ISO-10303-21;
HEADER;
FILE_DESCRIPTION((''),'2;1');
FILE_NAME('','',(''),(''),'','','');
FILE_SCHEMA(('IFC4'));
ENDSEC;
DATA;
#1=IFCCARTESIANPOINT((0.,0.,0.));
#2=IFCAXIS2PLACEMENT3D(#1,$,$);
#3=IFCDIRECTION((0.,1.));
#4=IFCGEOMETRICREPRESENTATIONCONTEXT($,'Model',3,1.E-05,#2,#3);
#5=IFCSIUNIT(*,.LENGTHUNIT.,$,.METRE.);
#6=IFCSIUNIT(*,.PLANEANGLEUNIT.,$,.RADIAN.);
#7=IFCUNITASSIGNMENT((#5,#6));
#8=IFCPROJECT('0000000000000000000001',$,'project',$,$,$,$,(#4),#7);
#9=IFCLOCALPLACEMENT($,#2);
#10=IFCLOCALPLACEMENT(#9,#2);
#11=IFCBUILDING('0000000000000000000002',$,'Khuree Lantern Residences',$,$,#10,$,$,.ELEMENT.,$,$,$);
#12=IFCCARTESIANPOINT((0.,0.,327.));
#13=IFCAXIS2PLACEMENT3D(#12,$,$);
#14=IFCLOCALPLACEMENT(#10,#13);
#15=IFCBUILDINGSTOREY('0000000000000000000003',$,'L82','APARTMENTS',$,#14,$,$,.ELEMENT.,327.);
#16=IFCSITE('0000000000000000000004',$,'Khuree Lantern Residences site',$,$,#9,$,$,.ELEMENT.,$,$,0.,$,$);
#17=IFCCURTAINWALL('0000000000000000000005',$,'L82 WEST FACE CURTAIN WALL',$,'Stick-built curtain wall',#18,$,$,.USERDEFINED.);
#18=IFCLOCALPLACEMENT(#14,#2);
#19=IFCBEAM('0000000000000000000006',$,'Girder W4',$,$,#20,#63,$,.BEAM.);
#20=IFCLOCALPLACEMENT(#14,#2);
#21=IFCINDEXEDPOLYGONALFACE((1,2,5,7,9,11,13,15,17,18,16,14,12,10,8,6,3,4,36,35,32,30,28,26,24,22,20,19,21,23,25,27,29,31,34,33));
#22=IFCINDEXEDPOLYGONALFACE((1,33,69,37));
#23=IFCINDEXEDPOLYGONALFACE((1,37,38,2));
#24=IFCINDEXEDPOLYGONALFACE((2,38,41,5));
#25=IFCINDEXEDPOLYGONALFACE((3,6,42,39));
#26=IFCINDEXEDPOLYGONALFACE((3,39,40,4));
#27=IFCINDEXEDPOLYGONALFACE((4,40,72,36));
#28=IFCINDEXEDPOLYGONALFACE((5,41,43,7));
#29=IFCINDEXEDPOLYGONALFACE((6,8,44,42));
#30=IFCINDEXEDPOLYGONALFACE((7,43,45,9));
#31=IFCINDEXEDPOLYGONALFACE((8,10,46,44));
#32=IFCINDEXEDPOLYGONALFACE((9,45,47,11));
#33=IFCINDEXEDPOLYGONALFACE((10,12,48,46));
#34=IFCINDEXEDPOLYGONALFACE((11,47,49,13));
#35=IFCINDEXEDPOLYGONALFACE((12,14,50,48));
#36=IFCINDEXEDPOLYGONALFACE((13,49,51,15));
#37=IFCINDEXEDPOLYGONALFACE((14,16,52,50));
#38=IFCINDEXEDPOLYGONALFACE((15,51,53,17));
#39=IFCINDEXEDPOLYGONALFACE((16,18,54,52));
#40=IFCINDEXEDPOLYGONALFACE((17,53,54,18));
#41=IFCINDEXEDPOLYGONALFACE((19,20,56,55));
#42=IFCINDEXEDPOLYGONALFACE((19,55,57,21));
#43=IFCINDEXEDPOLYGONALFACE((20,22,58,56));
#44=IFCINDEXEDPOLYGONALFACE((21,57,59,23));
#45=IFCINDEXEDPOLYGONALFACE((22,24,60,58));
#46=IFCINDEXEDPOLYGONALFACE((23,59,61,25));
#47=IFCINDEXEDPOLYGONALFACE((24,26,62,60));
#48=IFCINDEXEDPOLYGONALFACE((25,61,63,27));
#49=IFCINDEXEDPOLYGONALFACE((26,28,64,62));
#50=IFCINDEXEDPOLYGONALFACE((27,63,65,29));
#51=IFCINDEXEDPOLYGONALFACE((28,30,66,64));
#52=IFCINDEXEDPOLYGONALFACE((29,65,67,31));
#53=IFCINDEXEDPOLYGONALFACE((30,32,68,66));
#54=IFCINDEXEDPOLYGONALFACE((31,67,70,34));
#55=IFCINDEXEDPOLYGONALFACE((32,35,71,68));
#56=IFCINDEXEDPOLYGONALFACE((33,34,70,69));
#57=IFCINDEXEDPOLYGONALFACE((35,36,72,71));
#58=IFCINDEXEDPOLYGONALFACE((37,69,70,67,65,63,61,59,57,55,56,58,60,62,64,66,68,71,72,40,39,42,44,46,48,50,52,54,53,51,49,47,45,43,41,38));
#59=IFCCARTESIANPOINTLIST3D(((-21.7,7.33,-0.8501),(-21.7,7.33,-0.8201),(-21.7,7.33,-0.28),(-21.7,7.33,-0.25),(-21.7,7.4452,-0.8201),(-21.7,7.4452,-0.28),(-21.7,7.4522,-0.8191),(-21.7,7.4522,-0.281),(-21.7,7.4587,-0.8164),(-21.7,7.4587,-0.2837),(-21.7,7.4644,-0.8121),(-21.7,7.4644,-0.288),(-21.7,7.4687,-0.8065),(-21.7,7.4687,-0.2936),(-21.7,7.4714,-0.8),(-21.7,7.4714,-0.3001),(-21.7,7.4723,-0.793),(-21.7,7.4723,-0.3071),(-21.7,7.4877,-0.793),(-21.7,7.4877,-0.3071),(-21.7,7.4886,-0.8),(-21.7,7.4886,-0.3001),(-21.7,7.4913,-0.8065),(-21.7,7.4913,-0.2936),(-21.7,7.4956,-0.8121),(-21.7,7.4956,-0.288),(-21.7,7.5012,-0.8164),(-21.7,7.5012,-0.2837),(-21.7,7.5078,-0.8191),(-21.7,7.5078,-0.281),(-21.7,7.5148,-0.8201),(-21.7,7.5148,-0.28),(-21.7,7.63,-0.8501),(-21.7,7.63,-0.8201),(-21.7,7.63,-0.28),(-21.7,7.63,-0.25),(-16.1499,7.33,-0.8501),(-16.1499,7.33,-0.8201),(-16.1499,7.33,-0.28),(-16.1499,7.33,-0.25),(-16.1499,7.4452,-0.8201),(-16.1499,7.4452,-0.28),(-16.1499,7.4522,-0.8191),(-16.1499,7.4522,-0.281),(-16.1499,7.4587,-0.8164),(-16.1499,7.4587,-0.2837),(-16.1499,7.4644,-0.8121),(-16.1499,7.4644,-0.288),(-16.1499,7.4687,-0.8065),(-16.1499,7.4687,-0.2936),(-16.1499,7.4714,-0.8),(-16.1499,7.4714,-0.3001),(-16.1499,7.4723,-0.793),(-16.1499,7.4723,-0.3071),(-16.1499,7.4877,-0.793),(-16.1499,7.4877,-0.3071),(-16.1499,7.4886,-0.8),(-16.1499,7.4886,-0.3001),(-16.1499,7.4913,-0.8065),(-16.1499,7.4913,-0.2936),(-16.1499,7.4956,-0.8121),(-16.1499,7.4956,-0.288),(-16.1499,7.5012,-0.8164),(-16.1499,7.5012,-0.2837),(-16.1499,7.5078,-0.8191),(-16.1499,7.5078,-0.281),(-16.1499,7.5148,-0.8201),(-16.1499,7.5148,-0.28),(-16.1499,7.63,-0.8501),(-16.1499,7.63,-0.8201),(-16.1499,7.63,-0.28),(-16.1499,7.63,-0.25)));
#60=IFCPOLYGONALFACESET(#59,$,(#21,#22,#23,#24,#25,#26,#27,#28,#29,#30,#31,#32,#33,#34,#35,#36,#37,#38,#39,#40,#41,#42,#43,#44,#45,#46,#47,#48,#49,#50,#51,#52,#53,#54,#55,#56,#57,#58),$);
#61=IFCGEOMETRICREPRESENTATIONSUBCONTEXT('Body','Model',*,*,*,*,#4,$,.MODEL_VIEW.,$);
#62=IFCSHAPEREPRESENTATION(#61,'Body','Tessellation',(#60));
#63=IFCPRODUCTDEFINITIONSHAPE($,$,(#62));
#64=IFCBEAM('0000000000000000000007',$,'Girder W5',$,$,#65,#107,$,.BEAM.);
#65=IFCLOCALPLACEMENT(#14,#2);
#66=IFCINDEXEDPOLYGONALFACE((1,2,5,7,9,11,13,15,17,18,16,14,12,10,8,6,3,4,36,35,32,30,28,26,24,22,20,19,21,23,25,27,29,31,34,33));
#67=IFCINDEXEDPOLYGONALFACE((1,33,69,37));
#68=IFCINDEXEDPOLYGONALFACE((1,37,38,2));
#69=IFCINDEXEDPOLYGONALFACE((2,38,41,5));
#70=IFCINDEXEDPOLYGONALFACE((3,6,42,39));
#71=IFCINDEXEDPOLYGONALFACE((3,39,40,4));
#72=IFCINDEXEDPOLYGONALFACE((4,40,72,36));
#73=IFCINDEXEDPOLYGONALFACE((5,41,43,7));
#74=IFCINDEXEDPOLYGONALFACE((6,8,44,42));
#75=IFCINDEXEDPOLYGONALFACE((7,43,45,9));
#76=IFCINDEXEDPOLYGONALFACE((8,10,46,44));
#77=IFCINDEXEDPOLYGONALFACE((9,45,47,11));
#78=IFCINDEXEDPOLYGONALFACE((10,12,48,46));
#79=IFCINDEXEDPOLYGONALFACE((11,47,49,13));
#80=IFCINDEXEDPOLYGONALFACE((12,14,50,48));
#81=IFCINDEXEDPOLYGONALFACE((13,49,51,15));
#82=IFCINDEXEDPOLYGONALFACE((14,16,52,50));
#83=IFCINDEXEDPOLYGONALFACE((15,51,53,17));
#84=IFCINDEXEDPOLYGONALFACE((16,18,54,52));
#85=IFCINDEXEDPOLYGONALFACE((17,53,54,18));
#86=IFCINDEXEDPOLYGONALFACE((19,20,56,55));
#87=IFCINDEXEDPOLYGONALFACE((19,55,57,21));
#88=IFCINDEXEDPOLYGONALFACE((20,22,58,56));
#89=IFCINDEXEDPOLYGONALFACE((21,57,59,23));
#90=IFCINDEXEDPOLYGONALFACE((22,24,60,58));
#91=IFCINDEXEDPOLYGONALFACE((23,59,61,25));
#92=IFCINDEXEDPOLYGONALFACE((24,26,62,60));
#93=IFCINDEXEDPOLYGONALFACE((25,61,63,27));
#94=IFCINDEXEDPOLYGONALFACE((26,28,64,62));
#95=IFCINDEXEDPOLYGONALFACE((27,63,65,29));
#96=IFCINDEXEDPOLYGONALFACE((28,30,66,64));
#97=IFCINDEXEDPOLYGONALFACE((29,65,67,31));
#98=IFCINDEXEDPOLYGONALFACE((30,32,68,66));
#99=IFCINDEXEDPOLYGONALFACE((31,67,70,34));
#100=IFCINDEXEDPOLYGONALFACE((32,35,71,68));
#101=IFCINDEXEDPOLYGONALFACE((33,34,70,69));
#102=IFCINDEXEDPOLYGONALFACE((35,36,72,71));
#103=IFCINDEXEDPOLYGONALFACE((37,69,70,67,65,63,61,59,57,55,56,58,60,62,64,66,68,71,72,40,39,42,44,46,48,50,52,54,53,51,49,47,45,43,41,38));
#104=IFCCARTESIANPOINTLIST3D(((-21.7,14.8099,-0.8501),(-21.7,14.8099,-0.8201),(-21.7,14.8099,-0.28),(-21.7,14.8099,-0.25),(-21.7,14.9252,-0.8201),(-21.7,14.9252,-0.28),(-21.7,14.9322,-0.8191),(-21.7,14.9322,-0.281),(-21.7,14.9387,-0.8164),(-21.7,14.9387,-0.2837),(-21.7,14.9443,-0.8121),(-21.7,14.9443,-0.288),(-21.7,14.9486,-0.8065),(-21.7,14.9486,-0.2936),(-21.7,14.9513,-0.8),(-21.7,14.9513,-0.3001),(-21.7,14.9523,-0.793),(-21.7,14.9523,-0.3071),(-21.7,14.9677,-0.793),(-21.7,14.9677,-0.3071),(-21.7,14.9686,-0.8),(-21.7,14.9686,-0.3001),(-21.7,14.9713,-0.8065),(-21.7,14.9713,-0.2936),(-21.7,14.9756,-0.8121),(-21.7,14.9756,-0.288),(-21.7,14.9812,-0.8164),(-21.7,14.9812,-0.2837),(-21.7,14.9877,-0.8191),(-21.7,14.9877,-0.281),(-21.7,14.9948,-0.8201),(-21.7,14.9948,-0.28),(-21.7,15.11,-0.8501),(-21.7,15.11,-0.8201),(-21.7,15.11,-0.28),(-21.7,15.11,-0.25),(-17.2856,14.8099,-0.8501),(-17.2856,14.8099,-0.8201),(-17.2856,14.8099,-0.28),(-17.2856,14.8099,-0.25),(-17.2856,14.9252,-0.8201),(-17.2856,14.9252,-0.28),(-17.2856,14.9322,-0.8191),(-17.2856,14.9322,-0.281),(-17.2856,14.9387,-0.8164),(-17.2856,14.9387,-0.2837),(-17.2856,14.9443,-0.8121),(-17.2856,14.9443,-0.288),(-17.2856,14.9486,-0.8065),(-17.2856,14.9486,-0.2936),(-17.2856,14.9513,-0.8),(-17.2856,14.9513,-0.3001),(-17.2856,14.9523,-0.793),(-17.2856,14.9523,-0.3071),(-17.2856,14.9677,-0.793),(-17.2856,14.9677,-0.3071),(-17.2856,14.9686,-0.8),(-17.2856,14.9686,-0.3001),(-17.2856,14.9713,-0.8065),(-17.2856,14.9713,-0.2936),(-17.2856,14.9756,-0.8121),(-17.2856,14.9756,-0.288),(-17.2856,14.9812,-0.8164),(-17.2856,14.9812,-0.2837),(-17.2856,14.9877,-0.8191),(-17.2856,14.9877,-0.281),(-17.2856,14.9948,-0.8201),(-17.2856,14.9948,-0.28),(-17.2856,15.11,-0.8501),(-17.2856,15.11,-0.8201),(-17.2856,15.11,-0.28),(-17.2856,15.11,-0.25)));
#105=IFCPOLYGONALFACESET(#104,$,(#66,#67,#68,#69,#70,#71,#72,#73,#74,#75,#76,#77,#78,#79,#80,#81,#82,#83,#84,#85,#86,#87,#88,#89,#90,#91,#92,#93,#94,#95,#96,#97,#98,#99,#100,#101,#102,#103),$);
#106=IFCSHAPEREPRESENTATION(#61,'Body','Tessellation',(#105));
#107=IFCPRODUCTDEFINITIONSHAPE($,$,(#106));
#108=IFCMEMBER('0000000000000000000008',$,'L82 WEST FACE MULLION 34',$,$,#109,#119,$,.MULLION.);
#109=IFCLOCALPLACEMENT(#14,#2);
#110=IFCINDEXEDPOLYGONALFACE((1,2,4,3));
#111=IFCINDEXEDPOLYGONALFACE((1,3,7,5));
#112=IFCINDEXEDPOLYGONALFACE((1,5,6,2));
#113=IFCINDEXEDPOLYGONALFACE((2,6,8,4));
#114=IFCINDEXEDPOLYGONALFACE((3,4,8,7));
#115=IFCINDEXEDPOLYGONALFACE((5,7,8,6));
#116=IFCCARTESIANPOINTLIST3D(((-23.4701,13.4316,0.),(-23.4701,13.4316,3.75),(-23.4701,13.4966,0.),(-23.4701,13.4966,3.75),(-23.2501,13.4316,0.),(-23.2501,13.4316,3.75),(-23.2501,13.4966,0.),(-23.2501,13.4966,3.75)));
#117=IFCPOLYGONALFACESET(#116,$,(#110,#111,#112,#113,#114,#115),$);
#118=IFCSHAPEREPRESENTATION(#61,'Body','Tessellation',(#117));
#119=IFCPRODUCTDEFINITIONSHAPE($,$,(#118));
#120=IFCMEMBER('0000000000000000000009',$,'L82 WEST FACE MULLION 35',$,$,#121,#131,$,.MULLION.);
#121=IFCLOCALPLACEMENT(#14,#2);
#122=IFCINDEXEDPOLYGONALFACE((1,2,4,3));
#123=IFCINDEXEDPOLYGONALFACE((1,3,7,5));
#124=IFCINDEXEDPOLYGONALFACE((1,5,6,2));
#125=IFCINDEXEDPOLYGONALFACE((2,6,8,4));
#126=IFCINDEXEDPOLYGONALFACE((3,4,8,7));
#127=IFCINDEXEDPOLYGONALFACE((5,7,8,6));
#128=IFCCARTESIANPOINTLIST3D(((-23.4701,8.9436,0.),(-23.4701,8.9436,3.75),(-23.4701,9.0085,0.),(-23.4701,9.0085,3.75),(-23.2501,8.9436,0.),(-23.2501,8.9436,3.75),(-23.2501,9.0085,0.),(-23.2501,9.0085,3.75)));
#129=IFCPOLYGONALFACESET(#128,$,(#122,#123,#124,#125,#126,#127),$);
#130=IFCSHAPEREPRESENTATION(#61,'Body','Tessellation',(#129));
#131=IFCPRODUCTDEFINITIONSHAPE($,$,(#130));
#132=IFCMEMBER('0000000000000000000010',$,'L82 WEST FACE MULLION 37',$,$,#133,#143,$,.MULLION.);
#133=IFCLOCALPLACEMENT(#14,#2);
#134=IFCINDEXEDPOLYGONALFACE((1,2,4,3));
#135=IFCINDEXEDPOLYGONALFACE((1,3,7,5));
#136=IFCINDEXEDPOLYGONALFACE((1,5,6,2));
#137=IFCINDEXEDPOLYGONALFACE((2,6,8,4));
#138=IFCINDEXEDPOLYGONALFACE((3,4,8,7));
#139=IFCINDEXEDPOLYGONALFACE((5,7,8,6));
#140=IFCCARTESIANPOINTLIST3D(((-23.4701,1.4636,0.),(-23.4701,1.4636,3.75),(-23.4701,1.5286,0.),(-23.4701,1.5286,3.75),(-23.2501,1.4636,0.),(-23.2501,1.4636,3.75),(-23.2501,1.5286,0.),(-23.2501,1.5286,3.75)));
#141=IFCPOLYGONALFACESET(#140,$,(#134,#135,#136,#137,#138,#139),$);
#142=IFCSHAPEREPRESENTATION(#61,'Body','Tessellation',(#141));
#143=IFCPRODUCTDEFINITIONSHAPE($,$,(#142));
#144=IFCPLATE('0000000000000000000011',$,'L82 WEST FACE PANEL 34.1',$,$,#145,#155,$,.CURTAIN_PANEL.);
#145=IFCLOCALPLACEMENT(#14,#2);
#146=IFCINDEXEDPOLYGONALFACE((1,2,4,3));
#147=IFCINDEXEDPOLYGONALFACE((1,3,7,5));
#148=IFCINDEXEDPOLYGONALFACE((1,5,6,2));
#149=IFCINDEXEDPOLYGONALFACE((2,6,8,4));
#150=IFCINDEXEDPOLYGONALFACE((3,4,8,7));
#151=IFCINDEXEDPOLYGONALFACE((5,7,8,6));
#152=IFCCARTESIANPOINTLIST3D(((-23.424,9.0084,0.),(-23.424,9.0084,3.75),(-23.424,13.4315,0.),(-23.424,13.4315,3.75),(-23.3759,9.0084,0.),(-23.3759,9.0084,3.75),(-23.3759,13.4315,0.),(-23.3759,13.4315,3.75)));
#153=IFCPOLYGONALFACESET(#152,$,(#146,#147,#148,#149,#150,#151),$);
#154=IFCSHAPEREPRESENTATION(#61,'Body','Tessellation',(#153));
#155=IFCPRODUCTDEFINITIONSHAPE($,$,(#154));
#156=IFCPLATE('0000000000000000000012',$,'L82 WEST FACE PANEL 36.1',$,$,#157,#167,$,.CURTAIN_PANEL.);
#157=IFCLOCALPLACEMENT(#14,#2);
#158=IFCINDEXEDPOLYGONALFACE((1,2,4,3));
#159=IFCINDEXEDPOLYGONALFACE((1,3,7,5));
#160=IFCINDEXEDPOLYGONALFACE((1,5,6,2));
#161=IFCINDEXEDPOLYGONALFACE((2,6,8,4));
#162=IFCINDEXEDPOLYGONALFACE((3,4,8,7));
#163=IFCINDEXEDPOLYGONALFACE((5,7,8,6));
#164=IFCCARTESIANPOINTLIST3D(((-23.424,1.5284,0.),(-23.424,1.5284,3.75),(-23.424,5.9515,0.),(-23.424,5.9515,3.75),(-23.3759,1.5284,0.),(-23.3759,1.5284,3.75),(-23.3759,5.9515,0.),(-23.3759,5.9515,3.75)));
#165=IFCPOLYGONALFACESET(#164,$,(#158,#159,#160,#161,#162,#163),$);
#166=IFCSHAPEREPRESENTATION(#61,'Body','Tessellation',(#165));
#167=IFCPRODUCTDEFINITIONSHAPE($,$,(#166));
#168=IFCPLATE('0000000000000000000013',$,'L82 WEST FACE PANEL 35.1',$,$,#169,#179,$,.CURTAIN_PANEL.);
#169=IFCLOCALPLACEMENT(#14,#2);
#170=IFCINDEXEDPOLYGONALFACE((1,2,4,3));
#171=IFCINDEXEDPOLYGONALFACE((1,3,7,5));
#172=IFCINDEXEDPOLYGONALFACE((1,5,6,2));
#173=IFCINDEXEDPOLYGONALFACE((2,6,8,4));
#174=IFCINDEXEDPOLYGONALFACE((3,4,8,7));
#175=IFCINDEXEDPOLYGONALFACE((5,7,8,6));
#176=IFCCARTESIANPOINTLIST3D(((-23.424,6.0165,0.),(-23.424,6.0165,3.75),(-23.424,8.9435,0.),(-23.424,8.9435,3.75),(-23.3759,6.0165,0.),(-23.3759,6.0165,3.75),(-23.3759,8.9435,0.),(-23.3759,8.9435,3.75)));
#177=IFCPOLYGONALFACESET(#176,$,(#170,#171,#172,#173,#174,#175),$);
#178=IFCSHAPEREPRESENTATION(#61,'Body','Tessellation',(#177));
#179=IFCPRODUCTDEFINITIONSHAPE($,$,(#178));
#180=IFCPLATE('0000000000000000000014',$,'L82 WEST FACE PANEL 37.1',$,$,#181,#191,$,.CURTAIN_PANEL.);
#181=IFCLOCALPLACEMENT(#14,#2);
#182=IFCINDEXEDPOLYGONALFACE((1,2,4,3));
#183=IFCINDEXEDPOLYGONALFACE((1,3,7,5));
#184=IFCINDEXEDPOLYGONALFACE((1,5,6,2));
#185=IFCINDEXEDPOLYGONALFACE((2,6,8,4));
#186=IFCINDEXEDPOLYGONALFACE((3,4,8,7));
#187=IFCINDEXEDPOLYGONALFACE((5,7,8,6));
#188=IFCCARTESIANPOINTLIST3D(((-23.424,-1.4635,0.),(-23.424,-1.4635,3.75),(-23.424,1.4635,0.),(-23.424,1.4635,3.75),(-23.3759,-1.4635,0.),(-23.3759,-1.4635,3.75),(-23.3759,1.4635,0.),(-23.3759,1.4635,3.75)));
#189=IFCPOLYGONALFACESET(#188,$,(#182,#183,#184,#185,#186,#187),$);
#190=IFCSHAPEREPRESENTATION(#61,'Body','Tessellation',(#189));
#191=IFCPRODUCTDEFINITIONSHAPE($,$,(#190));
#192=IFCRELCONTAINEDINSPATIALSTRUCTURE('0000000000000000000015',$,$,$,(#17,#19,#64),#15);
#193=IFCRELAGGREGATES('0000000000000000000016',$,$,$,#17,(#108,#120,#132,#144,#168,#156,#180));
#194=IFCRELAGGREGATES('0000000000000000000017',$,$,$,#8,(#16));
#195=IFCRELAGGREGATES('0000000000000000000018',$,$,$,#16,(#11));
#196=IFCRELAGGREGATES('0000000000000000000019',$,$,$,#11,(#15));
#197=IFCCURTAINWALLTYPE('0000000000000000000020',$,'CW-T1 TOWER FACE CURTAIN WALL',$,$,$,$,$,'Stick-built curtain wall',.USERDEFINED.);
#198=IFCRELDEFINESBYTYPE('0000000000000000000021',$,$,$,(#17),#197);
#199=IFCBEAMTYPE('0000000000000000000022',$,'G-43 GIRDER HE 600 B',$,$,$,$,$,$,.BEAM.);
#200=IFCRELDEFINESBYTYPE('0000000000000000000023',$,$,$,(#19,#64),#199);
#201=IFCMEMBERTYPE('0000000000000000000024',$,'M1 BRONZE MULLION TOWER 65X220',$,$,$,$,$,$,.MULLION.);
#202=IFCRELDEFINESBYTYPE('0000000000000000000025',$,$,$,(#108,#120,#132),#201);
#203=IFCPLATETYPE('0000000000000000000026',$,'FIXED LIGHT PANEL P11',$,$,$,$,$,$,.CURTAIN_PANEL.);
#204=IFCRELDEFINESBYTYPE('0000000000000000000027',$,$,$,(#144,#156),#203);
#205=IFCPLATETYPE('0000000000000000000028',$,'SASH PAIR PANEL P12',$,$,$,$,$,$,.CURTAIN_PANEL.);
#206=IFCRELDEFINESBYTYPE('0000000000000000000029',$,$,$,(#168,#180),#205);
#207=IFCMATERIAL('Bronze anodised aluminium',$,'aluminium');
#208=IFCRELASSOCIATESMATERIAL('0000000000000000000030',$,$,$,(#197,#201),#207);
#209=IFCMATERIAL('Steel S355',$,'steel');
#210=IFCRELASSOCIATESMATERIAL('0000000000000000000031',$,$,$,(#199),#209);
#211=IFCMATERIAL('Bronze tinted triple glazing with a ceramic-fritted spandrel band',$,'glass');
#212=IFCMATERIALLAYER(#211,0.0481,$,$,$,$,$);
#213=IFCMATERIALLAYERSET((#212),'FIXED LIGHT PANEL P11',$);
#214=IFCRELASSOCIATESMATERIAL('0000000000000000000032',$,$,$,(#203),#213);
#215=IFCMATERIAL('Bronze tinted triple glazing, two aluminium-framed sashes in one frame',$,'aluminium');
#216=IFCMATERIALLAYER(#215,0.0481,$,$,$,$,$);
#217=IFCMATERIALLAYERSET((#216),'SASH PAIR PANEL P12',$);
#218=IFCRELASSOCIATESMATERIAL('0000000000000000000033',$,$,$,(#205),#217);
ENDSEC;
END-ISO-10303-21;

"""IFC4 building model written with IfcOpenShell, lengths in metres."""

from ifc_helpers import new_model, si_unit, direction, frame, origin, origin_2d, place, context, subcontext, project, spatial, rectangle, i_section, extrude, material, layer, layer_set, material_profile, profile_set, type_object, element, aggregate, save


model = new_model("IFC4")

# Units and contexts
model_context = context("Model", 3, precision=1e-05, world=origin(), true_north=direction((0.0, 1.0)))
body_context = subcontext(model_context, "Body", "Model", "MODEL_VIEW")
ifc_project = project(units=[si_unit("LENGTHUNIT", "METRE"), si_unit("PLANEANGLEUNIT", "RADIAN")], contexts=[model_context])

# Site, building, storey
site_placement = place(None, origin())
site = spatial("IfcSite", under=ifc_project, at=site_placement, Name="Khuree Lantern Residences site", CompositionType="ELEMENT", RefElevation=0.0)
building_placement = place(site_placement, origin())
building = spatial("IfcBuilding", under=site, at=building_placement, Name="Khuree Lantern Residences", CompositionType="ELEMENT")
storey_placement = place(building_placement, frame((0.0, 0.0, 327.0)))
storey = spatial("IfcBuildingStorey", under=building, at=storey_placement, Name="L82", Description="APARTMENTS", CompositionType="ELEMENT", Elevation=327.0)

# Shared definitions
ifc_material_1 = material(Name="Steel S355", Category="steel")

# Curtain wall
ifc_material_2 = material(Name="Bronze anodised aluminium", Category="aluminium")
curtain_wall_type = type_object("IfcCurtainWallType", Name="CW-T1 TOWER FACE CURTAIN WALL", ElementType="Stick-built curtain wall", PredefinedType="USERDEFINED", material=ifc_material_2)
curtain_wall_placement = place(storey_placement, origin())
curtain_wall = element("IfcCurtainWall", 1, at=curtain_wall_placement, inside=storey, type_object=curtain_wall_type, Name="L82 WEST FACE CURTAIN WALL", ObjectType="Stick-built curtain wall", PredefinedType="USERDEFINED")

# Beams
ifc_material_profile_1 = material_profile(ifc_material_1, i_section(OverallWidth=0.3, OverallDepth=0.6001, WebThickness=0.0154, FlangeThickness=0.03, FilletRadius=0.0271, at=origin_2d()), Name="HE 600 B")
ifc_profile_set_1 = profile_set([ifc_material_profile_1], Name="Steel S355")
beam_type_1 = type_object("IfcBeamType", Name="G-43 GIRDER HE 600 B", PredefinedType="BEAM", material=ifc_profile_set_1)
for number, where, z_axis, x_axis, name in (
    (2, (-21.7, 7.48, -0.55), (1.0, 0.0, 0.0), (0.0, 1.0, 0.0), "Girder W4"),
):
    element("IfcBeam", number, at=place(storey_placement, frame(where, z_axis=z_axis, x_axis=x_axis)), inside=storey, type_object=beam_type_1, Name=name, PredefinedType="BEAM", context=body_context, shape_type="SweptSolid", body=[
        extrude(i_section(OverallWidth=0.3, OverallDepth=0.6001, WebThickness=0.0154, FlangeThickness=0.03, FilletRadius=0.0271, at=origin_2d()), origin(), (0.0, 0.0, 1.0), 5.55),
    ])
beam_1_placement = place(storey_placement, frame((-21.7, 14.96, -0.55), z_axis=(1.0, 0.0, 0.0), x_axis=(0.0, 1.0, 0.0)))
element("IfcBeam", 3, at=beam_1_placement, inside=storey, type_object=beam_type_1, Name="Girder W5", PredefinedType="BEAM", context=body_context, shape_type="SweptSolid", body=[
    extrude(i_section(OverallWidth=0.3, OverallDepth=0.6001, WebThickness=0.0154, FlangeThickness=0.03, FilletRadius=0.0271, at=origin_2d()), origin(), (0.0, 0.0, 1.0), 4.4143),
])

# Members
ifc_material_profile_2 = material_profile(ifc_material_2, rectangle(XDim=0.0649, YDim=0.22, at=origin_2d()), Name="M1 65X220")
ifc_profile_set_2 = profile_set([ifc_material_profile_2], Name="Bronze anodised aluminium")
member_type_1 = type_object("IfcMemberType", Name="M1 BRONZE MULLION TOWER 65X220", PredefinedType="MULLION", material=ifc_profile_set_2)
member_1_placement = place(storey_placement, frame((-23.3601, 13.4641, 0.0), z_axis=(0.0, 0.0, 1.0), x_axis=(0.0, -1.0, 0.0)))
member_1 = element("IfcMember", 4, at=member_1_placement, type_object=member_type_1, Name="L82 WEST FACE MULLION 34", PredefinedType="MULLION", context=body_context, shape_type="SweptSolid", body=[
    extrude(rectangle(XDim=0.0649, YDim=0.22, at=origin_2d()), origin(), (0.0, 0.0, 1.0), 3.75),
])
member_2_placement = place(storey_placement, frame((-23.3601, 8.9761, 0.0), z_axis=(0.0, 0.0, 1.0), x_axis=(0.0, -1.0, 0.0)))
member_2 = element("IfcMember", 5, at=member_2_placement, type_object=member_type_1, Name="L82 WEST FACE MULLION 35", PredefinedType="MULLION", context=body_context, shape_type="SweptSolid", body=[
    extrude(rectangle(XDim=0.0649, YDim=0.22, at=origin_2d()), origin(), (0.0, 0.0, 1.0), 3.75),
])
member_3_placement = place(storey_placement, frame((-23.3601, 1.4961, 0.0), z_axis=(0.0, 0.0, 1.0), x_axis=(0.0, -1.0, 0.0)))
member_3 = element("IfcMember", 6, at=member_3_placement, type_object=member_type_1, Name="L82 WEST FACE MULLION 37", PredefinedType="MULLION", context=body_context, shape_type="SweptSolid", body=[
    extrude(rectangle(XDim=0.0649, YDim=0.22, at=origin_2d()), origin(), (0.0, 0.0, 1.0), 3.75),
])

# Plates
ifc_material_3 = material(Name="Bronze tinted triple glazing with a ceramic-fritted spandrel band", Category="glass")
ifc_layer_1 = layer(ifc_material_3, 0.0481)
ifc_layer_set_1 = layer_set([ifc_layer_1], Name="FIXED LIGHT PANEL P11")
plate_type_1 = type_object("IfcPlateType", Name="FIXED LIGHT PANEL P11", PredefinedType="CURTAIN_PANEL", material=ifc_layer_set_1)
plate_1_placement = place(storey_placement, frame((-23.3999, 11.22, 0.0), z_axis=(0.0, 0.0, 1.0), x_axis=(0.0, -1.0, 0.0)))
plate_1 = element("IfcPlate", 7, at=plate_1_placement, type_object=plate_type_1, Name="L82 WEST FACE PANEL 34.1", PredefinedType="CURTAIN_PANEL", context=body_context, shape_type="SweptSolid", body=[
    extrude(rectangle(XDim=4.4231, YDim=0.0481, at=origin_2d()), origin(), (0.0, 0.0, 1.0), 3.75),
])
plate_2_placement = place(storey_placement, frame((-23.3999, 3.74, 0.0), z_axis=(0.0, 0.0, 1.0), x_axis=(0.0, -1.0, 0.0)))
plate_2 = element("IfcPlate", 8, at=plate_2_placement, type_object=plate_type_1, Name="L82 WEST FACE PANEL 36.1", PredefinedType="CURTAIN_PANEL", context=body_context, shape_type="SweptSolid", body=[
    extrude(rectangle(XDim=4.4231, YDim=0.0481, at=origin_2d()), origin(), (0.0, 0.0, 1.0), 3.75),
])
ifc_material_4 = material(Name="Bronze tinted triple glazing, two aluminium-framed sashes in one frame", Category="aluminium")
ifc_layer_2 = layer(ifc_material_4, 0.0481)
ifc_layer_set_2 = layer_set([ifc_layer_2], Name="SASH PAIR PANEL P12")
plate_type_2 = type_object("IfcPlateType", Name="SASH PAIR PANEL P12", PredefinedType="CURTAIN_PANEL", material=ifc_layer_set_2)
plate_3_placement = place(storey_placement, frame((-23.3999, 7.48, 0.0), z_axis=(0.0, 0.0, 1.0), x_axis=(0.0, -1.0, 0.0)))
plate_3 = element("IfcPlate", 9, at=plate_3_placement, type_object=plate_type_2, Name="L82 WEST FACE PANEL 35.1", PredefinedType="CURTAIN_PANEL", context=body_context, shape_type="SweptSolid", body=[
    extrude(rectangle(XDim=2.927, YDim=0.0481, at=origin_2d()), origin(), (0.0, 0.0, 1.0), 3.75),
])
plate_4_placement = place(storey_placement, frame((-23.3999, 0.0, 0.0), z_axis=(0.0, 0.0, 1.0), x_axis=(0.0, -1.0, 0.0)))
plate_4 = element("IfcPlate", 10, at=plate_4_placement, type_object=plate_type_2, Name="L82 WEST FACE PANEL 37.1", PredefinedType="CURTAIN_PANEL", context=body_context, shape_type="SweptSolid", body=[
    extrude(rectangle(XDim=2.927, YDim=0.0481, at=origin_2d()), origin(), (0.0, 0.0, 1.0), 3.75),
])
aggregate(curtain_wall, [member_1, member_2, member_3, plate_1, plate_3, plate_2, plate_4])

save(model, "model.ifc")
